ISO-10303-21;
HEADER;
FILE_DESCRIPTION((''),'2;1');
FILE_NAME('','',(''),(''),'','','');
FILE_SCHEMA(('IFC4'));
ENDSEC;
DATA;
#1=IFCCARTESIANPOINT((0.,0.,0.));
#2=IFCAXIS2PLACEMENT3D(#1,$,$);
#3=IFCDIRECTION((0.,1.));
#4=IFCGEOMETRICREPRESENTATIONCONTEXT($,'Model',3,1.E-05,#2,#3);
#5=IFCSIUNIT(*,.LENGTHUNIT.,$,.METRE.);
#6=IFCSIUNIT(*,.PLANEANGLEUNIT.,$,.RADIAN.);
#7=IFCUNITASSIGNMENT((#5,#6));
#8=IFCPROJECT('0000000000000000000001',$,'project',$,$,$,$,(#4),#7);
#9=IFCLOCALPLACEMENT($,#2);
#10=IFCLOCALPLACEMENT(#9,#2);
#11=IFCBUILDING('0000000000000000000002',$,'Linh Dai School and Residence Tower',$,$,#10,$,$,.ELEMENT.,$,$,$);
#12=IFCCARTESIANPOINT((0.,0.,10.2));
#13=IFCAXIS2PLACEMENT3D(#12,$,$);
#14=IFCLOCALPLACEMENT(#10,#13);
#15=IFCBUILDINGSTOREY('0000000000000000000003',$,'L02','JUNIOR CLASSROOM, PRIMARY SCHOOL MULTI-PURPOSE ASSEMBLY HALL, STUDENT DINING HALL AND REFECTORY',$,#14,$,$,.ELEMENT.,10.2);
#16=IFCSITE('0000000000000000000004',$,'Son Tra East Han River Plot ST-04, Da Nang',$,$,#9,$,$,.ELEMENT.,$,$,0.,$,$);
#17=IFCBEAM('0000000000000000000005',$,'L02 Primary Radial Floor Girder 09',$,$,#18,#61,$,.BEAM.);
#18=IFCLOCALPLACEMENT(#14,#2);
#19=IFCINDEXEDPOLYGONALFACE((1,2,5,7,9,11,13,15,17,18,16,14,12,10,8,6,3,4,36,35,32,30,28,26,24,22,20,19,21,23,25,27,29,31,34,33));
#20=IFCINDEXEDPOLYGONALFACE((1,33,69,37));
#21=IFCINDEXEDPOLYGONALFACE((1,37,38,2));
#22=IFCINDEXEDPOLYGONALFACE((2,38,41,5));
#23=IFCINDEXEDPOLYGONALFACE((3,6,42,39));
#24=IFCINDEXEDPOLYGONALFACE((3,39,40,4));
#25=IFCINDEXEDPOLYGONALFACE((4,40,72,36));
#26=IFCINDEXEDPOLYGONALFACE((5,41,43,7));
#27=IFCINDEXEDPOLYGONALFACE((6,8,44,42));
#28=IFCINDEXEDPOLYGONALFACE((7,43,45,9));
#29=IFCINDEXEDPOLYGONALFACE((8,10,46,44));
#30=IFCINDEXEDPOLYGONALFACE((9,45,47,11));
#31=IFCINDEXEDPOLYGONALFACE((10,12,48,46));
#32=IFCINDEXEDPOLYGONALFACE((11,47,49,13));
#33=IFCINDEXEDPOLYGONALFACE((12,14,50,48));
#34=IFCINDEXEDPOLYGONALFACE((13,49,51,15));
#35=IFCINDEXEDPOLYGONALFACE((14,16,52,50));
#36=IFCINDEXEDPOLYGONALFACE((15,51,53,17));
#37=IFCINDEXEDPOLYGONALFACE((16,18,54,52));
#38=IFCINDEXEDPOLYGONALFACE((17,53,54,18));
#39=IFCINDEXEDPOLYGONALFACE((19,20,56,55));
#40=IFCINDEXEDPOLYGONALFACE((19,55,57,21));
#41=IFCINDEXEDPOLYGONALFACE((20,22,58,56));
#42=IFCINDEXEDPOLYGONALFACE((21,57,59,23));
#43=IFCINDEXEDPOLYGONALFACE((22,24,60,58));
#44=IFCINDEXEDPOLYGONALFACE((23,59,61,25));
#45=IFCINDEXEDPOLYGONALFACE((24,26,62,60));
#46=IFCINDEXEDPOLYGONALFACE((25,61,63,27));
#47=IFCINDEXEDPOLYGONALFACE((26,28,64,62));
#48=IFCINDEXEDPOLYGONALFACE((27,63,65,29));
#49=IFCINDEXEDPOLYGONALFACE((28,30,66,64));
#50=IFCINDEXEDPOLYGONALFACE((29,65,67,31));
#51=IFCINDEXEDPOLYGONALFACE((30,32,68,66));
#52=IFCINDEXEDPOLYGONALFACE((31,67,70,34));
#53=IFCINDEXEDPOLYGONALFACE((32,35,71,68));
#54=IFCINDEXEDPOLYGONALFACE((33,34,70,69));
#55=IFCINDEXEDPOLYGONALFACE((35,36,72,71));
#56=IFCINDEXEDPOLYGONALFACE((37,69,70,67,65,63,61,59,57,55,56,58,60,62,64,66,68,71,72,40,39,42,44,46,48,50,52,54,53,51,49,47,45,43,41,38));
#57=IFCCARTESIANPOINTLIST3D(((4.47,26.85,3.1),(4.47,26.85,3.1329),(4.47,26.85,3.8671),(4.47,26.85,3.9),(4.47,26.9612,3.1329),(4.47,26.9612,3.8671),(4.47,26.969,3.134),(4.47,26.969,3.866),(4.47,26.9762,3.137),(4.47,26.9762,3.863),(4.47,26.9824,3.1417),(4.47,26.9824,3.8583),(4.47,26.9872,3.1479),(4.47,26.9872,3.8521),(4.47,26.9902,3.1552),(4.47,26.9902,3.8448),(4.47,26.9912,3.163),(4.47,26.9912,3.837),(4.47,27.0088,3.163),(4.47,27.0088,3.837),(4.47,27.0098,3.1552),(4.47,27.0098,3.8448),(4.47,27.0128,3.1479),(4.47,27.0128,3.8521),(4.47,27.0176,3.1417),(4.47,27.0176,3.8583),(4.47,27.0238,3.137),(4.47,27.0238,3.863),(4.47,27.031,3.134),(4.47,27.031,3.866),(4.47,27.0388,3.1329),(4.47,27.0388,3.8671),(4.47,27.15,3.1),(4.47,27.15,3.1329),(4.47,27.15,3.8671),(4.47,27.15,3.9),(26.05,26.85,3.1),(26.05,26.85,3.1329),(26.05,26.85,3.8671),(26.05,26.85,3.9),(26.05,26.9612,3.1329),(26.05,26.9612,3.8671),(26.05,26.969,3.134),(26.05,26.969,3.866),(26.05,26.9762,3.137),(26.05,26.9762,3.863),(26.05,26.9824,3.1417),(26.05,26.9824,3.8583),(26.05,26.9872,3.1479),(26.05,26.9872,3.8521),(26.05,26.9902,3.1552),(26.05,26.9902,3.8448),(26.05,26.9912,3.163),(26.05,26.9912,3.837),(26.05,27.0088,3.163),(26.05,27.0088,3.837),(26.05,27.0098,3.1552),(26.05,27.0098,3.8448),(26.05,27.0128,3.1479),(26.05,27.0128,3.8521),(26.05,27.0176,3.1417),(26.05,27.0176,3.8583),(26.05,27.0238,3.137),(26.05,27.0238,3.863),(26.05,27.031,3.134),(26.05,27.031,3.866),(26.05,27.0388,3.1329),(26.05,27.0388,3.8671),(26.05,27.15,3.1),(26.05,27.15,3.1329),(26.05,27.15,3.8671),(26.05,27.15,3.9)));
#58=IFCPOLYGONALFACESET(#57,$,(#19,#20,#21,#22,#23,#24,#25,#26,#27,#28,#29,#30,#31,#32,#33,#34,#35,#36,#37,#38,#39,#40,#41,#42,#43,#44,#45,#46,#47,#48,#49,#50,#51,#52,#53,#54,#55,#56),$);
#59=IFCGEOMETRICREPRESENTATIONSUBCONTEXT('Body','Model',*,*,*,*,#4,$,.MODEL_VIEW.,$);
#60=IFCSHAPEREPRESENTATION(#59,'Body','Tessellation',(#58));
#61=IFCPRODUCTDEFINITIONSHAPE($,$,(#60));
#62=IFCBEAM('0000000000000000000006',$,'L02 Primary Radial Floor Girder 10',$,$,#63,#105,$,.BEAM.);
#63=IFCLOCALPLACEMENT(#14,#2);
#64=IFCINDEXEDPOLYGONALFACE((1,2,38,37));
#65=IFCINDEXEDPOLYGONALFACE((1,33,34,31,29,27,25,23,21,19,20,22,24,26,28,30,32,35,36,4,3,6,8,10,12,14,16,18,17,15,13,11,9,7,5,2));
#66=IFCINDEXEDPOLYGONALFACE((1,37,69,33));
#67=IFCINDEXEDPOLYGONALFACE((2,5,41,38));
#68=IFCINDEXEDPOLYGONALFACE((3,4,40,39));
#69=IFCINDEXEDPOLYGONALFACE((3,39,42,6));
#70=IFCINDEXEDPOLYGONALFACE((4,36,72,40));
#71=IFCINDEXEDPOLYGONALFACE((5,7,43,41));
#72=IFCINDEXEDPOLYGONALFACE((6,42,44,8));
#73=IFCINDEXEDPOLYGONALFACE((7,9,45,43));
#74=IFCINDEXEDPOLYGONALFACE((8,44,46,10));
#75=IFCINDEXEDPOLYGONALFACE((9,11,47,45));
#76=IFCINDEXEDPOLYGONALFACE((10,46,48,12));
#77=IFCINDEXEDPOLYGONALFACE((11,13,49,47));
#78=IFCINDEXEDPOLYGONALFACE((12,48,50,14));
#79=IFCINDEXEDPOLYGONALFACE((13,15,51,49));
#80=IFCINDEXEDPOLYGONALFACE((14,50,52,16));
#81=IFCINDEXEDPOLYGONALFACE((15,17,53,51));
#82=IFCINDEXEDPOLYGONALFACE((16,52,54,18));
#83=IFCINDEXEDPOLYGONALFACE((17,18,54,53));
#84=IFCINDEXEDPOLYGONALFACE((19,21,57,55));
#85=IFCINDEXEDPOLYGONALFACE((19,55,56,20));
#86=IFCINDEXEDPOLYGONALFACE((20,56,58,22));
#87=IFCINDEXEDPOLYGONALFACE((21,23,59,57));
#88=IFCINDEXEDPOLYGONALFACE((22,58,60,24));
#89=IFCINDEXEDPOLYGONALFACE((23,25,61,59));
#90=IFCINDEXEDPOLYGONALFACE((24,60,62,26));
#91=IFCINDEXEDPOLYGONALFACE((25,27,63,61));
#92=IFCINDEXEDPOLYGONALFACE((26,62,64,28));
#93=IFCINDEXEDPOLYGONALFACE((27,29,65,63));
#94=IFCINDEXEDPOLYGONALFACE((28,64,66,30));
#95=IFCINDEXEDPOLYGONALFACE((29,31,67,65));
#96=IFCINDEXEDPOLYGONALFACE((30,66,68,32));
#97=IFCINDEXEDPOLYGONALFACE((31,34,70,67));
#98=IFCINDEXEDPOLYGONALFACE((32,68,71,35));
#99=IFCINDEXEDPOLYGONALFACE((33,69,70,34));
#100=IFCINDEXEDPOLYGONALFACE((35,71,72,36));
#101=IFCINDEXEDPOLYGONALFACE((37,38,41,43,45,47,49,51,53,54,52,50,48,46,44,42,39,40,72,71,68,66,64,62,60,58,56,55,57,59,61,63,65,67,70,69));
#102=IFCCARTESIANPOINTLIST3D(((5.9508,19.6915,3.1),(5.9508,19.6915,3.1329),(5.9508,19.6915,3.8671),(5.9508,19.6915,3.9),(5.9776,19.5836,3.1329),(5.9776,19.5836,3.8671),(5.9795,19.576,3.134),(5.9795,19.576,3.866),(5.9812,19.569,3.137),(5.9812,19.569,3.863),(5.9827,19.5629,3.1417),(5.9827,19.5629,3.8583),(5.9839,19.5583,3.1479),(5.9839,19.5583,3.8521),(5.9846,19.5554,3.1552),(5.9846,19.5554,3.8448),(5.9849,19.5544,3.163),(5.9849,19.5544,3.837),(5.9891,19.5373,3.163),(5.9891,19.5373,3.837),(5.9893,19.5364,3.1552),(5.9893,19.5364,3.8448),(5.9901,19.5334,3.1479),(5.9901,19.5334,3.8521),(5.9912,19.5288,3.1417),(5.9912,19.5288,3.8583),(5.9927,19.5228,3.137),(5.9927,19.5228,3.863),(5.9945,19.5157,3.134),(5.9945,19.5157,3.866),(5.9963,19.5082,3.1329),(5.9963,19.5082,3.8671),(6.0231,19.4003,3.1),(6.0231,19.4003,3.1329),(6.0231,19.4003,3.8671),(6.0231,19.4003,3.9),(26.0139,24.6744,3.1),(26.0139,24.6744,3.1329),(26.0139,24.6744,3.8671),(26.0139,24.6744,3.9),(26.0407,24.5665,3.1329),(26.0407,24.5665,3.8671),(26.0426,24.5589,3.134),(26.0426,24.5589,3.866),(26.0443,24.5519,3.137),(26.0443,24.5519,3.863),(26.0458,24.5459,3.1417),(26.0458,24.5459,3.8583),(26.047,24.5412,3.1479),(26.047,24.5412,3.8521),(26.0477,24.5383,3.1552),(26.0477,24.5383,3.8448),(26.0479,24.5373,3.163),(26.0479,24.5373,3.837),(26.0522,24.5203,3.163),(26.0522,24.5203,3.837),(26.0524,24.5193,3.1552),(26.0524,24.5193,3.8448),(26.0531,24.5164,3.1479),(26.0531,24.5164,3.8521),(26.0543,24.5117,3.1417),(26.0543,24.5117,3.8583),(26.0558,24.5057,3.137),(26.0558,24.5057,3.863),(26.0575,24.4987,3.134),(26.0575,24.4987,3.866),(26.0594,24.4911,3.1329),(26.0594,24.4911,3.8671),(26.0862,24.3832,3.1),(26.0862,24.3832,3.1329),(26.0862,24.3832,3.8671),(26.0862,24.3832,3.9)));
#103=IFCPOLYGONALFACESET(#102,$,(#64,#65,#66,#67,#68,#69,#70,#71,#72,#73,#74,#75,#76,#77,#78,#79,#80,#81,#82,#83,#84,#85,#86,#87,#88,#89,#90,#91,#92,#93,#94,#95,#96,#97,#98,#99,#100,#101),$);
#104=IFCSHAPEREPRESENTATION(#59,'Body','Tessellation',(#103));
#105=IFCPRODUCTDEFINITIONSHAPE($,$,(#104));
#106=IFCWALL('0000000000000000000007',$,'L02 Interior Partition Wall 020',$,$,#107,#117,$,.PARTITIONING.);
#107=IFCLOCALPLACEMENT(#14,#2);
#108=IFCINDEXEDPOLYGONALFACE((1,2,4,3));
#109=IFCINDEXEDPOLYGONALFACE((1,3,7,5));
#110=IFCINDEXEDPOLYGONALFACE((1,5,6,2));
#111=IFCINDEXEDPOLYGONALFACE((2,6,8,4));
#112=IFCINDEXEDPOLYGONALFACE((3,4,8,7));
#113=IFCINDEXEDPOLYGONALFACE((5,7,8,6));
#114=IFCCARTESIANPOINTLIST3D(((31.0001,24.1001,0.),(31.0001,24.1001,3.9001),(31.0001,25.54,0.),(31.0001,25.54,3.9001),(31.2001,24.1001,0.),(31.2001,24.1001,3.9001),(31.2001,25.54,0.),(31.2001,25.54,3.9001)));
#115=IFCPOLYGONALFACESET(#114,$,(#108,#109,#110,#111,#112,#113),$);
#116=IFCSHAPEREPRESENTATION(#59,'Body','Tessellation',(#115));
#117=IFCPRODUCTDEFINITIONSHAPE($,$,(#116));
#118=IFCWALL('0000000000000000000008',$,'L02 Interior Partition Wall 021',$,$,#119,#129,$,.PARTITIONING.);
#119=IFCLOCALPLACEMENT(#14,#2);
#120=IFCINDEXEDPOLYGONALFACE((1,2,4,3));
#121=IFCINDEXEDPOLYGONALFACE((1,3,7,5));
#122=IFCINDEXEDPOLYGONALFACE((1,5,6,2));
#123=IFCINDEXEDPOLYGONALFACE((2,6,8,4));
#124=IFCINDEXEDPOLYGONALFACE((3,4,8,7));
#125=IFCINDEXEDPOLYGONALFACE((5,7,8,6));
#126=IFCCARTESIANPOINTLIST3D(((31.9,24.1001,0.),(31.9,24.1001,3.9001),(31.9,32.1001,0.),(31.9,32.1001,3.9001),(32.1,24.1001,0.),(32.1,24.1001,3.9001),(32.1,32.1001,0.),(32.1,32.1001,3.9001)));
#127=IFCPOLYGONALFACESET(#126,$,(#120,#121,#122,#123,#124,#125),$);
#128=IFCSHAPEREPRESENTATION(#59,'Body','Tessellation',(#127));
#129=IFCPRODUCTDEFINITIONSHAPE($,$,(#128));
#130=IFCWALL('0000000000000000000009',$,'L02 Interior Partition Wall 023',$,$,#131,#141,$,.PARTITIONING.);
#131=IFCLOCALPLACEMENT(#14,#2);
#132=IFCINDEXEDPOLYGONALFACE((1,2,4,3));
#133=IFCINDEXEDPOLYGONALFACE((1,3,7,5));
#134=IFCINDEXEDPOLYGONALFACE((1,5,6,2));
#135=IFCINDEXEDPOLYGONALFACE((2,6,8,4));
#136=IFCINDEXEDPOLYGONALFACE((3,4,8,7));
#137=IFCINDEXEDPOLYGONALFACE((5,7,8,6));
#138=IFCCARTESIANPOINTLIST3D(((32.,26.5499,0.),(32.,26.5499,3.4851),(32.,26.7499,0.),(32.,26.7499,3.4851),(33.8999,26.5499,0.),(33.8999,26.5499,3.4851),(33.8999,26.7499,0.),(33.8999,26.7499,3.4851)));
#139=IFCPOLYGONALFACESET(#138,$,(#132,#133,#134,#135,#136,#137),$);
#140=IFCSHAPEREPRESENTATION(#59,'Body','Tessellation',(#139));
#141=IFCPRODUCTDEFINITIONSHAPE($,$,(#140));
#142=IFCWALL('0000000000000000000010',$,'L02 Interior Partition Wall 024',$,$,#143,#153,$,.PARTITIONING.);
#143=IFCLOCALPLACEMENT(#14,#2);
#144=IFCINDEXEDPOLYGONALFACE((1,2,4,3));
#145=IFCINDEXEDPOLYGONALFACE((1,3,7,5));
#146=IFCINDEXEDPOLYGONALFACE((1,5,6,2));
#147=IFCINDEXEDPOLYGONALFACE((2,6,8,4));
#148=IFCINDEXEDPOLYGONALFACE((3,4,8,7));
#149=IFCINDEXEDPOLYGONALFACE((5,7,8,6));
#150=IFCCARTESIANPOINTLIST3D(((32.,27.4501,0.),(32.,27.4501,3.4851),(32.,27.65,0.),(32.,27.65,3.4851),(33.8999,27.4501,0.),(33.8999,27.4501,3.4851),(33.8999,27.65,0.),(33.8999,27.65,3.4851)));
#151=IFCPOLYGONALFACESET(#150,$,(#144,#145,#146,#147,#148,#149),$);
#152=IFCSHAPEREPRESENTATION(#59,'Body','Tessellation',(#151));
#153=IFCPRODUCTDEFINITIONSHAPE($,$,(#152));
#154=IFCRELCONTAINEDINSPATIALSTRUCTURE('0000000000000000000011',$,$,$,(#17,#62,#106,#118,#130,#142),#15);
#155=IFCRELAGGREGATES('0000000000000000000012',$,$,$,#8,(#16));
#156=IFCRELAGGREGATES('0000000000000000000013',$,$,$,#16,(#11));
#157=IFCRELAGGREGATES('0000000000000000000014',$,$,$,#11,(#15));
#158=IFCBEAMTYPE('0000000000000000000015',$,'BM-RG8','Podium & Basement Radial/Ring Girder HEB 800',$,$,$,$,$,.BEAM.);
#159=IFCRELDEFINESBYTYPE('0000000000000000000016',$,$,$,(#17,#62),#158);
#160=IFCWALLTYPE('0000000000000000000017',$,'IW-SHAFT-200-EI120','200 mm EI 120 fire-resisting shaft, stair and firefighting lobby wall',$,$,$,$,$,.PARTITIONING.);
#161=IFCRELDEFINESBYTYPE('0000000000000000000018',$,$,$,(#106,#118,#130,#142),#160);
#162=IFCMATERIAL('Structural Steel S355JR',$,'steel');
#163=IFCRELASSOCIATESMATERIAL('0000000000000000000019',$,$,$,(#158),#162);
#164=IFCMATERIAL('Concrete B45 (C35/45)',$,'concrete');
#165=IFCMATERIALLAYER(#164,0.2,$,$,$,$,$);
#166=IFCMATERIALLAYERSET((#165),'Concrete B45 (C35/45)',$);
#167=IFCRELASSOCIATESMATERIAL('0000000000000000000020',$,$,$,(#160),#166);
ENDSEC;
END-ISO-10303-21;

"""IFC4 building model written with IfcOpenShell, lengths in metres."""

from ifc_helpers import new_model, si_unit, direction, frame, frame_2d, origin, origin_2d, place, context, subcontext, project, spatial, rectangle, i_section, extrude, material, layer, layer_set, material_profile, profile_set, type_object, element, save


model = new_model("IFC4")

# Units and contexts
model_context = context("Model", 3, precision=1e-05, world=origin(), true_north=direction((0.0, 1.0)))
body_context = subcontext(model_context, "Body", "Model", "MODEL_VIEW")
ifc_project = project(units=[si_unit("LENGTHUNIT", "METRE"), si_unit("PLANEANGLEUNIT", "RADIAN")], contexts=[model_context])

# Site, building, storey
site_placement = place(None, origin())
site = spatial("IfcSite", under=ifc_project, at=site_placement, Name="Son Tra East Han River Plot ST-04, Da Nang", CompositionType="ELEMENT", RefElevation=0.0)
building_placement = place(site_placement, origin())
building = spatial("IfcBuilding", under=site, at=building_placement, Name="Linh Dai School and Residence Tower", CompositionType="ELEMENT")
storey_placement = place(building_placement, frame((0.0, 0.0, 10.2)))
storey = spatial("IfcBuildingStorey", under=building, at=storey_placement, Name="L02", Description="JUNIOR CLASSROOM, PRIMARY SCHOOL MULTI-PURPOSE ASSEMBLY HALL, STUDENT DINING HALL AND REFECTORY", CompositionType="ELEMENT", Elevation=10.2)

# Shared definitions
ifc_material_1 = material(Name="Structural Steel S355JR", Category="steel")

# Beams
ifc_material_profile_1 = material_profile(ifc_material_1, i_section(OverallWidth=0.3, OverallDepth=0.8, WebThickness=0.0176, FlangeThickness=0.033, FilletRadius=0.03, at=origin_2d()), Name="HEB 800")
ifc_profile_set_1 = profile_set([ifc_material_profile_1], Name="Structural Steel S355JR")
beam_type = type_object("IfcBeamType", Name="BM-RG8", Description="Podium & Basement Radial/Ring Girder HEB 800", PredefinedType="BEAM", material=ifc_profile_set_1)
beam_1_placement = place(storey_placement, frame((26.05, 27.0, 3.5), z_axis=(-1.0, 0.0, 0.0), x_axis=(0.0, -1.0, 0.0)))
element("IfcBeam", 1, at=beam_1_placement, inside=storey, type_object=beam_type, Name="L02 Primary Radial Floor Girder 09", PredefinedType="BEAM", context=body_context, shape_type="SweptSolid", body=[
    extrude(i_section(OverallWidth=0.3, OverallDepth=0.8, WebThickness=0.0176, FlangeThickness=0.033, FilletRadius=0.03, at=origin_2d()), origin(), (0.0, 0.0, 1.0), 21.5801),
])
beam_2_placement = place(storey_placement, frame((26.05, 24.5288, 3.5), z_axis=(-0.970515, -0.24104, 0.0), x_axis=(0.24104, -0.970515, 0.0)))
element("IfcBeam", 2, at=beam_2_placement, inside=storey, type_object=beam_type, Name="L02 Primary Radial Floor Girder 10", PredefinedType="BEAM", context=body_context, shape_type="SweptSolid", body=[
    extrude(i_section(OverallWidth=0.3, OverallDepth=0.8, WebThickness=0.0176, FlangeThickness=0.033, FilletRadius=0.03, at=origin_2d()), origin(), (0.0, 0.0, 1.0), 20.6726),
])

# Walls
ifc_material_2 = material(Name="Concrete B45 (C35/45)", Category="concrete")
ifc_layer_1 = layer(ifc_material_2, 0.2)
ifc_layer_set_1 = layer_set([ifc_layer_1], Name="Concrete B45 (C35/45)")
wall_type_1 = type_object("IfcWallType", Name="IW-SHAFT-200-EI120", Description="200 mm EI 120 fire-resisting shaft, stair and firefighting lobby wall", PredefinedType="PARTITIONING", material=ifc_layer_set_1)
wall_1_placement = place(storey_placement, frame((31.1001, 24.1001, 0.0), z_axis=(0.0, 0.0, 1.0), x_axis=(0.0, 1.0, 0.0)))
element("IfcWall", 3, at=wall_1_placement, inside=storey, type_object=wall_type_1, Name="L02 Interior Partition Wall 020", PredefinedType="PARTITIONING", context=body_context, shape_type="SweptSolid", body=[
    extrude(rectangle(XDim=1.4399, YDim=0.2, at=frame_2d((0.72, 0.0))), origin(), (0.0, 0.0, 1.0), 3.9001),
])
wall_2_placement = place(storey_placement, frame((32.0, 24.1001, 0.0), z_axis=(0.0, 0.0, 1.0), x_axis=(0.0, 1.0, 0.0)))
element("IfcWall", 4, at=wall_2_placement, inside=storey, type_object=wall_type_1, Name="L02 Interior Partition Wall 021", PredefinedType="PARTITIONING", context=body_context, shape_type="SweptSolid", body=[
    extrude(rectangle(XDim=8.0, YDim=0.2, at=frame_2d((4.0, 0.0))), origin(), (0.0, 0.0, 1.0), 3.9001),
])

# Walls
for number, where, z_axis, x_axis, name in (
    (5, (32.0, 26.6499, 0.0), (0.0, 0.0, 1.0), (1.0, 0.0, 0.0), "L02 Interior Partition Wall 023"),
    (6, (32.0, 27.55, 0.0), (0.0, 0.0, 1.0), (1.0, 0.0, 0.0), "L02 Interior Partition Wall 024"),
):
    element("IfcWall", number, at=place(storey_placement, frame(where, z_axis=z_axis, x_axis=x_axis)), inside=storey, type_object=wall_type_1, Name=name, PredefinedType="PARTITIONING", context=body_context, shape_type="SweptSolid", body=[
        extrude(rectangle(XDim=1.8999, YDim=0.2, at=frame_2d((0.95, 0.0))), origin(), (0.0, 0.0, 1.0), 3.4851),
    ])

save(model, "model.ifc")
